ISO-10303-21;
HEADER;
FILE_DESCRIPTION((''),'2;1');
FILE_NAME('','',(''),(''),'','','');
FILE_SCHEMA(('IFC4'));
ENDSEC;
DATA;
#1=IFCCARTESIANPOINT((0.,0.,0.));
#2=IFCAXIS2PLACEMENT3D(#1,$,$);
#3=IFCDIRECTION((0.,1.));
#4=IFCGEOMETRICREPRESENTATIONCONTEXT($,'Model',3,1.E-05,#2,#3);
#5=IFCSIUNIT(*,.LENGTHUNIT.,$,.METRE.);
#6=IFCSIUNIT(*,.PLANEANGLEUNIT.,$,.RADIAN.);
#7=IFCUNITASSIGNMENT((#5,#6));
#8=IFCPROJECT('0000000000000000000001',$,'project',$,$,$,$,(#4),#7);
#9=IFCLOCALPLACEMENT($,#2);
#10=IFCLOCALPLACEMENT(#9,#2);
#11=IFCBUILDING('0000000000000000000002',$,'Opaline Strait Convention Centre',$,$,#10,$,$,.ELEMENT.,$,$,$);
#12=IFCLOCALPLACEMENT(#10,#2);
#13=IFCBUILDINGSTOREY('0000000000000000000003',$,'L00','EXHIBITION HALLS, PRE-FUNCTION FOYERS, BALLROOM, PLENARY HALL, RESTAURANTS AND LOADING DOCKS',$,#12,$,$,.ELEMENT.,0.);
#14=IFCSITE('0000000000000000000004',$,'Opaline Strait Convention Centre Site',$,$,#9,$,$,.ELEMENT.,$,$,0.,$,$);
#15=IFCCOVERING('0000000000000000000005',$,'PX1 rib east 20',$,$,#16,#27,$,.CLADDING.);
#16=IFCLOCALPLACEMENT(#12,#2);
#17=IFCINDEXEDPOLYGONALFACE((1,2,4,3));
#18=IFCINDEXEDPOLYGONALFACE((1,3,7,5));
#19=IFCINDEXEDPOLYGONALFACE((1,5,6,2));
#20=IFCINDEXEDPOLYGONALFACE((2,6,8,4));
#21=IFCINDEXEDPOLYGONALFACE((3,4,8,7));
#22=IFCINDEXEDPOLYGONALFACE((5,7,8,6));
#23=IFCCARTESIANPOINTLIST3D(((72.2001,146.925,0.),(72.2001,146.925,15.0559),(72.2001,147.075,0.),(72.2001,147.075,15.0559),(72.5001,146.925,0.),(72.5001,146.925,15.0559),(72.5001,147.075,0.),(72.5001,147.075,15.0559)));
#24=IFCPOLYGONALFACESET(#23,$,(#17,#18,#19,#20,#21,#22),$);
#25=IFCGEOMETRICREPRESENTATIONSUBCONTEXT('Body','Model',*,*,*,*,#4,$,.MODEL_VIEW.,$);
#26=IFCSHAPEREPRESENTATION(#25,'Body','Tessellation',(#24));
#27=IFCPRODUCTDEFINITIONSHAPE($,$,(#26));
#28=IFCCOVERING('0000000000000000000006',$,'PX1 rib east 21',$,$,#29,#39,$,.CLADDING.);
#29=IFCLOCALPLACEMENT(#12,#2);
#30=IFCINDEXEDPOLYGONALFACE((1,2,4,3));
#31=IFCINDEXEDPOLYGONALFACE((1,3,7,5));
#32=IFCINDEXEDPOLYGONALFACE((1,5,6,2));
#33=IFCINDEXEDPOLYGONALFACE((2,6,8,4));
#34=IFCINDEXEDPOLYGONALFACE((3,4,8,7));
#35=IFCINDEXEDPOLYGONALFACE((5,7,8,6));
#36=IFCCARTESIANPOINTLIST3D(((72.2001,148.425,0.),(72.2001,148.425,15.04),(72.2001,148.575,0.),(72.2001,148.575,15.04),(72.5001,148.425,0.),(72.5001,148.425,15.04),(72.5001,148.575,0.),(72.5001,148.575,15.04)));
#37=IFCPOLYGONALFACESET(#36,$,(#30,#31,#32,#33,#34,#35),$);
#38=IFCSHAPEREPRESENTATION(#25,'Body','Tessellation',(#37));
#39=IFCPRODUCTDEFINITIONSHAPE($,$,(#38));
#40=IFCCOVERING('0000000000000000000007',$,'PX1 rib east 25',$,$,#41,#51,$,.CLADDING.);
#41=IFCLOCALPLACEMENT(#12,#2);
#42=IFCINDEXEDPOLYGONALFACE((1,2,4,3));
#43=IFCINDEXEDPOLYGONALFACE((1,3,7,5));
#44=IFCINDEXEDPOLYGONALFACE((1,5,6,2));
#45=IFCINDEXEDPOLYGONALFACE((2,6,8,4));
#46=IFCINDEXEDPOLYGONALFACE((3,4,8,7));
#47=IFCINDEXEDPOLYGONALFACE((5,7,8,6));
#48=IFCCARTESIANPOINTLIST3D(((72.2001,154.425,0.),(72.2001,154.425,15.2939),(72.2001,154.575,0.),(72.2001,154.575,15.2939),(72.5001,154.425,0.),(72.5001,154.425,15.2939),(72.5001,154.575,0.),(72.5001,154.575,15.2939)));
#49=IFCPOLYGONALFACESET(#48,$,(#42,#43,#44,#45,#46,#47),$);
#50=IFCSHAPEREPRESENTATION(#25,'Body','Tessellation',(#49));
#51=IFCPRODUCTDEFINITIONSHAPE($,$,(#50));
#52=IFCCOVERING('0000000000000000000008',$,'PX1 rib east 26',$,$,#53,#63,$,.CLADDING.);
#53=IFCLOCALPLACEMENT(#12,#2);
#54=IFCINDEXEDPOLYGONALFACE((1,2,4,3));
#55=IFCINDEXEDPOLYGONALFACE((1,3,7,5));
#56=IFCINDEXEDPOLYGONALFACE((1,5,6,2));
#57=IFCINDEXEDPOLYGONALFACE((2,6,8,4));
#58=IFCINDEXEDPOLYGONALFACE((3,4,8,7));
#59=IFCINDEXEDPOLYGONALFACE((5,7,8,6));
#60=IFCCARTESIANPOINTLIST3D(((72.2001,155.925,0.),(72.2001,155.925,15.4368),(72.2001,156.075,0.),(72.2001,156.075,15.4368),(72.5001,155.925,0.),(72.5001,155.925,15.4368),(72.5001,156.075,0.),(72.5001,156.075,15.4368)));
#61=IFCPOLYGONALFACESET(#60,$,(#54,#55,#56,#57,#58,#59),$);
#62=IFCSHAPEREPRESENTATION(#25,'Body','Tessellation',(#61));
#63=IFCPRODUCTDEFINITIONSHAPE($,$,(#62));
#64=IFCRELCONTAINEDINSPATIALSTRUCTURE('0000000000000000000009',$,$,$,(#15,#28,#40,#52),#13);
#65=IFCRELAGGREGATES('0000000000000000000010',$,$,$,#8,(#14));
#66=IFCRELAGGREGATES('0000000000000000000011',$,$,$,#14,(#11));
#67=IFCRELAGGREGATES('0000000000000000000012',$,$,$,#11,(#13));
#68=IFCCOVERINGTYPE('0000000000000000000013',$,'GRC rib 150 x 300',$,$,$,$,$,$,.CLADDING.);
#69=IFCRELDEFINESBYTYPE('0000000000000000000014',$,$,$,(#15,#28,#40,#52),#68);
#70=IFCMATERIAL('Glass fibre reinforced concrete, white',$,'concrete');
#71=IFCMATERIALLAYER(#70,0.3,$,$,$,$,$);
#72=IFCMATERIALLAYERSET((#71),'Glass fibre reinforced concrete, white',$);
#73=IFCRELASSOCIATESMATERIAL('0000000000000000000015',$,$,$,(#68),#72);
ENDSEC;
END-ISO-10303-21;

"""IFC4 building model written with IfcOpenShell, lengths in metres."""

from ifc_helpers import new_model, si_unit, direction, frame, origin, origin_2d, place, context, subcontext, project, spatial, rectangle, extrude, material, layer, layer_set, type_object, element, save


model = new_model("IFC4")

# Units and contexts
model_context = context("Model", 3, precision=1e-05, world=origin(), true_north=direction((0.0, 1.0)))
body_context = subcontext(model_context, "Body", "Model", "MODEL_VIEW")
ifc_project = project(units=[si_unit("LENGTHUNIT", "METRE"), si_unit("PLANEANGLEUNIT", "RADIAN")], contexts=[model_context])

# Site, building, storey
site_placement = place(None, origin())
site = spatial("IfcSite", under=ifc_project, at=site_placement, Name="Opaline Strait Convention Centre Site", CompositionType="ELEMENT", RefElevation=0.0)
building_placement = place(site_placement, origin())
building = spatial("IfcBuilding", under=site, at=building_placement, Name="Opaline Strait Convention Centre", CompositionType="ELEMENT")
storey_placement = place(building_placement, origin())
storey = spatial("IfcBuildingStorey", under=building, at=storey_placement, Name="L00", Description="EXHIBITION HALLS, PRE-FUNCTION FOYERS, BALLROOM, PLENARY HALL, RESTAURANTS AND LOADING DOCKS", CompositionType="ELEMENT", Elevation=0.0)

# Coverings
ifc_material_1 = material(Name="Glass fibre reinforced concrete, white", Category="concrete")
ifc_layer_1 = layer(ifc_material_1, 0.3)
ifc_layer_set_1 = layer_set([ifc_layer_1], Name="Glass fibre reinforced concrete, white")
covering_type_1 = type_object("IfcCoveringType", Name="GRC rib 150 x 300", PredefinedType="CLADDING", material=ifc_layer_set_1)
covering_1_placement = place(storey_placement, frame((72.3501, 147.0, 0.0), z_axis=(0.0, 0.0, 1.0), x_axis=(1.0, 0.0, 0.0)))
element("IfcCovering", 1, at=covering_1_placement, inside=storey, type_object=covering_type_1, Name="PX1 rib east 20", PredefinedType="CLADDING", context=body_context, shape_type="SweptSolid", body=[
    extrude(rectangle(XDim=0.3, YDim=0.1499, at=origin_2d()), origin(), (0.0, 0.0, 1.0), 15.0559),
])
covering_2_placement = place(storey_placement, frame((72.3501, 148.5, 0.0), z_axis=(0.0, 0.0, 1.0), x_axis=(1.0, 0.0, 0.0)))
element("IfcCovering", 2, at=covering_2_placement, inside=storey, type_object=covering_type_1, Name="PX1 rib east 21", PredefinedType="CLADDING", context=body_context, shape_type="SweptSolid", body=[
    extrude(rectangle(XDim=0.3, YDim=0.1499, at=origin_2d()), origin(), (0.0, 0.0, 1.0), 15.04),
])
covering_3_placement = place(storey_placement, frame((72.3501, 154.5, 0.0), z_axis=(0.0, 0.0, 1.0), x_axis=(1.0, 0.0, 0.0)))
element("IfcCovering", 3, at=covering_3_placement, inside=storey, type_object=covering_type_1, Name="PX1 rib east 25", PredefinedType="CLADDING", context=body_context, shape_type="SweptSolid", body=[
    extrude(rectangle(XDim=0.3, YDim=0.1499, at=origin_2d()), origin(), (0.0, 0.0, 1.0), 15.2939),
])
covering_4_placement = place(storey_placement, frame((72.3501, 156.0, 0.0), z_axis=(0.0, 0.0, 1.0), x_axis=(1.0, 0.0, 0.0)))
element("IfcCovering", 4, at=covering_4_placement, inside=storey, type_object=covering_type_1, Name="PX1 rib east 26", PredefinedType="CLADDING", context=body_context, shape_type="SweptSolid", body=[
    extrude(rectangle(XDim=0.3, YDim=0.1499, at=origin_2d()), origin(), (0.0, 0.0, 1.0), 15.4368),
])

save(model, "model.ifc")
